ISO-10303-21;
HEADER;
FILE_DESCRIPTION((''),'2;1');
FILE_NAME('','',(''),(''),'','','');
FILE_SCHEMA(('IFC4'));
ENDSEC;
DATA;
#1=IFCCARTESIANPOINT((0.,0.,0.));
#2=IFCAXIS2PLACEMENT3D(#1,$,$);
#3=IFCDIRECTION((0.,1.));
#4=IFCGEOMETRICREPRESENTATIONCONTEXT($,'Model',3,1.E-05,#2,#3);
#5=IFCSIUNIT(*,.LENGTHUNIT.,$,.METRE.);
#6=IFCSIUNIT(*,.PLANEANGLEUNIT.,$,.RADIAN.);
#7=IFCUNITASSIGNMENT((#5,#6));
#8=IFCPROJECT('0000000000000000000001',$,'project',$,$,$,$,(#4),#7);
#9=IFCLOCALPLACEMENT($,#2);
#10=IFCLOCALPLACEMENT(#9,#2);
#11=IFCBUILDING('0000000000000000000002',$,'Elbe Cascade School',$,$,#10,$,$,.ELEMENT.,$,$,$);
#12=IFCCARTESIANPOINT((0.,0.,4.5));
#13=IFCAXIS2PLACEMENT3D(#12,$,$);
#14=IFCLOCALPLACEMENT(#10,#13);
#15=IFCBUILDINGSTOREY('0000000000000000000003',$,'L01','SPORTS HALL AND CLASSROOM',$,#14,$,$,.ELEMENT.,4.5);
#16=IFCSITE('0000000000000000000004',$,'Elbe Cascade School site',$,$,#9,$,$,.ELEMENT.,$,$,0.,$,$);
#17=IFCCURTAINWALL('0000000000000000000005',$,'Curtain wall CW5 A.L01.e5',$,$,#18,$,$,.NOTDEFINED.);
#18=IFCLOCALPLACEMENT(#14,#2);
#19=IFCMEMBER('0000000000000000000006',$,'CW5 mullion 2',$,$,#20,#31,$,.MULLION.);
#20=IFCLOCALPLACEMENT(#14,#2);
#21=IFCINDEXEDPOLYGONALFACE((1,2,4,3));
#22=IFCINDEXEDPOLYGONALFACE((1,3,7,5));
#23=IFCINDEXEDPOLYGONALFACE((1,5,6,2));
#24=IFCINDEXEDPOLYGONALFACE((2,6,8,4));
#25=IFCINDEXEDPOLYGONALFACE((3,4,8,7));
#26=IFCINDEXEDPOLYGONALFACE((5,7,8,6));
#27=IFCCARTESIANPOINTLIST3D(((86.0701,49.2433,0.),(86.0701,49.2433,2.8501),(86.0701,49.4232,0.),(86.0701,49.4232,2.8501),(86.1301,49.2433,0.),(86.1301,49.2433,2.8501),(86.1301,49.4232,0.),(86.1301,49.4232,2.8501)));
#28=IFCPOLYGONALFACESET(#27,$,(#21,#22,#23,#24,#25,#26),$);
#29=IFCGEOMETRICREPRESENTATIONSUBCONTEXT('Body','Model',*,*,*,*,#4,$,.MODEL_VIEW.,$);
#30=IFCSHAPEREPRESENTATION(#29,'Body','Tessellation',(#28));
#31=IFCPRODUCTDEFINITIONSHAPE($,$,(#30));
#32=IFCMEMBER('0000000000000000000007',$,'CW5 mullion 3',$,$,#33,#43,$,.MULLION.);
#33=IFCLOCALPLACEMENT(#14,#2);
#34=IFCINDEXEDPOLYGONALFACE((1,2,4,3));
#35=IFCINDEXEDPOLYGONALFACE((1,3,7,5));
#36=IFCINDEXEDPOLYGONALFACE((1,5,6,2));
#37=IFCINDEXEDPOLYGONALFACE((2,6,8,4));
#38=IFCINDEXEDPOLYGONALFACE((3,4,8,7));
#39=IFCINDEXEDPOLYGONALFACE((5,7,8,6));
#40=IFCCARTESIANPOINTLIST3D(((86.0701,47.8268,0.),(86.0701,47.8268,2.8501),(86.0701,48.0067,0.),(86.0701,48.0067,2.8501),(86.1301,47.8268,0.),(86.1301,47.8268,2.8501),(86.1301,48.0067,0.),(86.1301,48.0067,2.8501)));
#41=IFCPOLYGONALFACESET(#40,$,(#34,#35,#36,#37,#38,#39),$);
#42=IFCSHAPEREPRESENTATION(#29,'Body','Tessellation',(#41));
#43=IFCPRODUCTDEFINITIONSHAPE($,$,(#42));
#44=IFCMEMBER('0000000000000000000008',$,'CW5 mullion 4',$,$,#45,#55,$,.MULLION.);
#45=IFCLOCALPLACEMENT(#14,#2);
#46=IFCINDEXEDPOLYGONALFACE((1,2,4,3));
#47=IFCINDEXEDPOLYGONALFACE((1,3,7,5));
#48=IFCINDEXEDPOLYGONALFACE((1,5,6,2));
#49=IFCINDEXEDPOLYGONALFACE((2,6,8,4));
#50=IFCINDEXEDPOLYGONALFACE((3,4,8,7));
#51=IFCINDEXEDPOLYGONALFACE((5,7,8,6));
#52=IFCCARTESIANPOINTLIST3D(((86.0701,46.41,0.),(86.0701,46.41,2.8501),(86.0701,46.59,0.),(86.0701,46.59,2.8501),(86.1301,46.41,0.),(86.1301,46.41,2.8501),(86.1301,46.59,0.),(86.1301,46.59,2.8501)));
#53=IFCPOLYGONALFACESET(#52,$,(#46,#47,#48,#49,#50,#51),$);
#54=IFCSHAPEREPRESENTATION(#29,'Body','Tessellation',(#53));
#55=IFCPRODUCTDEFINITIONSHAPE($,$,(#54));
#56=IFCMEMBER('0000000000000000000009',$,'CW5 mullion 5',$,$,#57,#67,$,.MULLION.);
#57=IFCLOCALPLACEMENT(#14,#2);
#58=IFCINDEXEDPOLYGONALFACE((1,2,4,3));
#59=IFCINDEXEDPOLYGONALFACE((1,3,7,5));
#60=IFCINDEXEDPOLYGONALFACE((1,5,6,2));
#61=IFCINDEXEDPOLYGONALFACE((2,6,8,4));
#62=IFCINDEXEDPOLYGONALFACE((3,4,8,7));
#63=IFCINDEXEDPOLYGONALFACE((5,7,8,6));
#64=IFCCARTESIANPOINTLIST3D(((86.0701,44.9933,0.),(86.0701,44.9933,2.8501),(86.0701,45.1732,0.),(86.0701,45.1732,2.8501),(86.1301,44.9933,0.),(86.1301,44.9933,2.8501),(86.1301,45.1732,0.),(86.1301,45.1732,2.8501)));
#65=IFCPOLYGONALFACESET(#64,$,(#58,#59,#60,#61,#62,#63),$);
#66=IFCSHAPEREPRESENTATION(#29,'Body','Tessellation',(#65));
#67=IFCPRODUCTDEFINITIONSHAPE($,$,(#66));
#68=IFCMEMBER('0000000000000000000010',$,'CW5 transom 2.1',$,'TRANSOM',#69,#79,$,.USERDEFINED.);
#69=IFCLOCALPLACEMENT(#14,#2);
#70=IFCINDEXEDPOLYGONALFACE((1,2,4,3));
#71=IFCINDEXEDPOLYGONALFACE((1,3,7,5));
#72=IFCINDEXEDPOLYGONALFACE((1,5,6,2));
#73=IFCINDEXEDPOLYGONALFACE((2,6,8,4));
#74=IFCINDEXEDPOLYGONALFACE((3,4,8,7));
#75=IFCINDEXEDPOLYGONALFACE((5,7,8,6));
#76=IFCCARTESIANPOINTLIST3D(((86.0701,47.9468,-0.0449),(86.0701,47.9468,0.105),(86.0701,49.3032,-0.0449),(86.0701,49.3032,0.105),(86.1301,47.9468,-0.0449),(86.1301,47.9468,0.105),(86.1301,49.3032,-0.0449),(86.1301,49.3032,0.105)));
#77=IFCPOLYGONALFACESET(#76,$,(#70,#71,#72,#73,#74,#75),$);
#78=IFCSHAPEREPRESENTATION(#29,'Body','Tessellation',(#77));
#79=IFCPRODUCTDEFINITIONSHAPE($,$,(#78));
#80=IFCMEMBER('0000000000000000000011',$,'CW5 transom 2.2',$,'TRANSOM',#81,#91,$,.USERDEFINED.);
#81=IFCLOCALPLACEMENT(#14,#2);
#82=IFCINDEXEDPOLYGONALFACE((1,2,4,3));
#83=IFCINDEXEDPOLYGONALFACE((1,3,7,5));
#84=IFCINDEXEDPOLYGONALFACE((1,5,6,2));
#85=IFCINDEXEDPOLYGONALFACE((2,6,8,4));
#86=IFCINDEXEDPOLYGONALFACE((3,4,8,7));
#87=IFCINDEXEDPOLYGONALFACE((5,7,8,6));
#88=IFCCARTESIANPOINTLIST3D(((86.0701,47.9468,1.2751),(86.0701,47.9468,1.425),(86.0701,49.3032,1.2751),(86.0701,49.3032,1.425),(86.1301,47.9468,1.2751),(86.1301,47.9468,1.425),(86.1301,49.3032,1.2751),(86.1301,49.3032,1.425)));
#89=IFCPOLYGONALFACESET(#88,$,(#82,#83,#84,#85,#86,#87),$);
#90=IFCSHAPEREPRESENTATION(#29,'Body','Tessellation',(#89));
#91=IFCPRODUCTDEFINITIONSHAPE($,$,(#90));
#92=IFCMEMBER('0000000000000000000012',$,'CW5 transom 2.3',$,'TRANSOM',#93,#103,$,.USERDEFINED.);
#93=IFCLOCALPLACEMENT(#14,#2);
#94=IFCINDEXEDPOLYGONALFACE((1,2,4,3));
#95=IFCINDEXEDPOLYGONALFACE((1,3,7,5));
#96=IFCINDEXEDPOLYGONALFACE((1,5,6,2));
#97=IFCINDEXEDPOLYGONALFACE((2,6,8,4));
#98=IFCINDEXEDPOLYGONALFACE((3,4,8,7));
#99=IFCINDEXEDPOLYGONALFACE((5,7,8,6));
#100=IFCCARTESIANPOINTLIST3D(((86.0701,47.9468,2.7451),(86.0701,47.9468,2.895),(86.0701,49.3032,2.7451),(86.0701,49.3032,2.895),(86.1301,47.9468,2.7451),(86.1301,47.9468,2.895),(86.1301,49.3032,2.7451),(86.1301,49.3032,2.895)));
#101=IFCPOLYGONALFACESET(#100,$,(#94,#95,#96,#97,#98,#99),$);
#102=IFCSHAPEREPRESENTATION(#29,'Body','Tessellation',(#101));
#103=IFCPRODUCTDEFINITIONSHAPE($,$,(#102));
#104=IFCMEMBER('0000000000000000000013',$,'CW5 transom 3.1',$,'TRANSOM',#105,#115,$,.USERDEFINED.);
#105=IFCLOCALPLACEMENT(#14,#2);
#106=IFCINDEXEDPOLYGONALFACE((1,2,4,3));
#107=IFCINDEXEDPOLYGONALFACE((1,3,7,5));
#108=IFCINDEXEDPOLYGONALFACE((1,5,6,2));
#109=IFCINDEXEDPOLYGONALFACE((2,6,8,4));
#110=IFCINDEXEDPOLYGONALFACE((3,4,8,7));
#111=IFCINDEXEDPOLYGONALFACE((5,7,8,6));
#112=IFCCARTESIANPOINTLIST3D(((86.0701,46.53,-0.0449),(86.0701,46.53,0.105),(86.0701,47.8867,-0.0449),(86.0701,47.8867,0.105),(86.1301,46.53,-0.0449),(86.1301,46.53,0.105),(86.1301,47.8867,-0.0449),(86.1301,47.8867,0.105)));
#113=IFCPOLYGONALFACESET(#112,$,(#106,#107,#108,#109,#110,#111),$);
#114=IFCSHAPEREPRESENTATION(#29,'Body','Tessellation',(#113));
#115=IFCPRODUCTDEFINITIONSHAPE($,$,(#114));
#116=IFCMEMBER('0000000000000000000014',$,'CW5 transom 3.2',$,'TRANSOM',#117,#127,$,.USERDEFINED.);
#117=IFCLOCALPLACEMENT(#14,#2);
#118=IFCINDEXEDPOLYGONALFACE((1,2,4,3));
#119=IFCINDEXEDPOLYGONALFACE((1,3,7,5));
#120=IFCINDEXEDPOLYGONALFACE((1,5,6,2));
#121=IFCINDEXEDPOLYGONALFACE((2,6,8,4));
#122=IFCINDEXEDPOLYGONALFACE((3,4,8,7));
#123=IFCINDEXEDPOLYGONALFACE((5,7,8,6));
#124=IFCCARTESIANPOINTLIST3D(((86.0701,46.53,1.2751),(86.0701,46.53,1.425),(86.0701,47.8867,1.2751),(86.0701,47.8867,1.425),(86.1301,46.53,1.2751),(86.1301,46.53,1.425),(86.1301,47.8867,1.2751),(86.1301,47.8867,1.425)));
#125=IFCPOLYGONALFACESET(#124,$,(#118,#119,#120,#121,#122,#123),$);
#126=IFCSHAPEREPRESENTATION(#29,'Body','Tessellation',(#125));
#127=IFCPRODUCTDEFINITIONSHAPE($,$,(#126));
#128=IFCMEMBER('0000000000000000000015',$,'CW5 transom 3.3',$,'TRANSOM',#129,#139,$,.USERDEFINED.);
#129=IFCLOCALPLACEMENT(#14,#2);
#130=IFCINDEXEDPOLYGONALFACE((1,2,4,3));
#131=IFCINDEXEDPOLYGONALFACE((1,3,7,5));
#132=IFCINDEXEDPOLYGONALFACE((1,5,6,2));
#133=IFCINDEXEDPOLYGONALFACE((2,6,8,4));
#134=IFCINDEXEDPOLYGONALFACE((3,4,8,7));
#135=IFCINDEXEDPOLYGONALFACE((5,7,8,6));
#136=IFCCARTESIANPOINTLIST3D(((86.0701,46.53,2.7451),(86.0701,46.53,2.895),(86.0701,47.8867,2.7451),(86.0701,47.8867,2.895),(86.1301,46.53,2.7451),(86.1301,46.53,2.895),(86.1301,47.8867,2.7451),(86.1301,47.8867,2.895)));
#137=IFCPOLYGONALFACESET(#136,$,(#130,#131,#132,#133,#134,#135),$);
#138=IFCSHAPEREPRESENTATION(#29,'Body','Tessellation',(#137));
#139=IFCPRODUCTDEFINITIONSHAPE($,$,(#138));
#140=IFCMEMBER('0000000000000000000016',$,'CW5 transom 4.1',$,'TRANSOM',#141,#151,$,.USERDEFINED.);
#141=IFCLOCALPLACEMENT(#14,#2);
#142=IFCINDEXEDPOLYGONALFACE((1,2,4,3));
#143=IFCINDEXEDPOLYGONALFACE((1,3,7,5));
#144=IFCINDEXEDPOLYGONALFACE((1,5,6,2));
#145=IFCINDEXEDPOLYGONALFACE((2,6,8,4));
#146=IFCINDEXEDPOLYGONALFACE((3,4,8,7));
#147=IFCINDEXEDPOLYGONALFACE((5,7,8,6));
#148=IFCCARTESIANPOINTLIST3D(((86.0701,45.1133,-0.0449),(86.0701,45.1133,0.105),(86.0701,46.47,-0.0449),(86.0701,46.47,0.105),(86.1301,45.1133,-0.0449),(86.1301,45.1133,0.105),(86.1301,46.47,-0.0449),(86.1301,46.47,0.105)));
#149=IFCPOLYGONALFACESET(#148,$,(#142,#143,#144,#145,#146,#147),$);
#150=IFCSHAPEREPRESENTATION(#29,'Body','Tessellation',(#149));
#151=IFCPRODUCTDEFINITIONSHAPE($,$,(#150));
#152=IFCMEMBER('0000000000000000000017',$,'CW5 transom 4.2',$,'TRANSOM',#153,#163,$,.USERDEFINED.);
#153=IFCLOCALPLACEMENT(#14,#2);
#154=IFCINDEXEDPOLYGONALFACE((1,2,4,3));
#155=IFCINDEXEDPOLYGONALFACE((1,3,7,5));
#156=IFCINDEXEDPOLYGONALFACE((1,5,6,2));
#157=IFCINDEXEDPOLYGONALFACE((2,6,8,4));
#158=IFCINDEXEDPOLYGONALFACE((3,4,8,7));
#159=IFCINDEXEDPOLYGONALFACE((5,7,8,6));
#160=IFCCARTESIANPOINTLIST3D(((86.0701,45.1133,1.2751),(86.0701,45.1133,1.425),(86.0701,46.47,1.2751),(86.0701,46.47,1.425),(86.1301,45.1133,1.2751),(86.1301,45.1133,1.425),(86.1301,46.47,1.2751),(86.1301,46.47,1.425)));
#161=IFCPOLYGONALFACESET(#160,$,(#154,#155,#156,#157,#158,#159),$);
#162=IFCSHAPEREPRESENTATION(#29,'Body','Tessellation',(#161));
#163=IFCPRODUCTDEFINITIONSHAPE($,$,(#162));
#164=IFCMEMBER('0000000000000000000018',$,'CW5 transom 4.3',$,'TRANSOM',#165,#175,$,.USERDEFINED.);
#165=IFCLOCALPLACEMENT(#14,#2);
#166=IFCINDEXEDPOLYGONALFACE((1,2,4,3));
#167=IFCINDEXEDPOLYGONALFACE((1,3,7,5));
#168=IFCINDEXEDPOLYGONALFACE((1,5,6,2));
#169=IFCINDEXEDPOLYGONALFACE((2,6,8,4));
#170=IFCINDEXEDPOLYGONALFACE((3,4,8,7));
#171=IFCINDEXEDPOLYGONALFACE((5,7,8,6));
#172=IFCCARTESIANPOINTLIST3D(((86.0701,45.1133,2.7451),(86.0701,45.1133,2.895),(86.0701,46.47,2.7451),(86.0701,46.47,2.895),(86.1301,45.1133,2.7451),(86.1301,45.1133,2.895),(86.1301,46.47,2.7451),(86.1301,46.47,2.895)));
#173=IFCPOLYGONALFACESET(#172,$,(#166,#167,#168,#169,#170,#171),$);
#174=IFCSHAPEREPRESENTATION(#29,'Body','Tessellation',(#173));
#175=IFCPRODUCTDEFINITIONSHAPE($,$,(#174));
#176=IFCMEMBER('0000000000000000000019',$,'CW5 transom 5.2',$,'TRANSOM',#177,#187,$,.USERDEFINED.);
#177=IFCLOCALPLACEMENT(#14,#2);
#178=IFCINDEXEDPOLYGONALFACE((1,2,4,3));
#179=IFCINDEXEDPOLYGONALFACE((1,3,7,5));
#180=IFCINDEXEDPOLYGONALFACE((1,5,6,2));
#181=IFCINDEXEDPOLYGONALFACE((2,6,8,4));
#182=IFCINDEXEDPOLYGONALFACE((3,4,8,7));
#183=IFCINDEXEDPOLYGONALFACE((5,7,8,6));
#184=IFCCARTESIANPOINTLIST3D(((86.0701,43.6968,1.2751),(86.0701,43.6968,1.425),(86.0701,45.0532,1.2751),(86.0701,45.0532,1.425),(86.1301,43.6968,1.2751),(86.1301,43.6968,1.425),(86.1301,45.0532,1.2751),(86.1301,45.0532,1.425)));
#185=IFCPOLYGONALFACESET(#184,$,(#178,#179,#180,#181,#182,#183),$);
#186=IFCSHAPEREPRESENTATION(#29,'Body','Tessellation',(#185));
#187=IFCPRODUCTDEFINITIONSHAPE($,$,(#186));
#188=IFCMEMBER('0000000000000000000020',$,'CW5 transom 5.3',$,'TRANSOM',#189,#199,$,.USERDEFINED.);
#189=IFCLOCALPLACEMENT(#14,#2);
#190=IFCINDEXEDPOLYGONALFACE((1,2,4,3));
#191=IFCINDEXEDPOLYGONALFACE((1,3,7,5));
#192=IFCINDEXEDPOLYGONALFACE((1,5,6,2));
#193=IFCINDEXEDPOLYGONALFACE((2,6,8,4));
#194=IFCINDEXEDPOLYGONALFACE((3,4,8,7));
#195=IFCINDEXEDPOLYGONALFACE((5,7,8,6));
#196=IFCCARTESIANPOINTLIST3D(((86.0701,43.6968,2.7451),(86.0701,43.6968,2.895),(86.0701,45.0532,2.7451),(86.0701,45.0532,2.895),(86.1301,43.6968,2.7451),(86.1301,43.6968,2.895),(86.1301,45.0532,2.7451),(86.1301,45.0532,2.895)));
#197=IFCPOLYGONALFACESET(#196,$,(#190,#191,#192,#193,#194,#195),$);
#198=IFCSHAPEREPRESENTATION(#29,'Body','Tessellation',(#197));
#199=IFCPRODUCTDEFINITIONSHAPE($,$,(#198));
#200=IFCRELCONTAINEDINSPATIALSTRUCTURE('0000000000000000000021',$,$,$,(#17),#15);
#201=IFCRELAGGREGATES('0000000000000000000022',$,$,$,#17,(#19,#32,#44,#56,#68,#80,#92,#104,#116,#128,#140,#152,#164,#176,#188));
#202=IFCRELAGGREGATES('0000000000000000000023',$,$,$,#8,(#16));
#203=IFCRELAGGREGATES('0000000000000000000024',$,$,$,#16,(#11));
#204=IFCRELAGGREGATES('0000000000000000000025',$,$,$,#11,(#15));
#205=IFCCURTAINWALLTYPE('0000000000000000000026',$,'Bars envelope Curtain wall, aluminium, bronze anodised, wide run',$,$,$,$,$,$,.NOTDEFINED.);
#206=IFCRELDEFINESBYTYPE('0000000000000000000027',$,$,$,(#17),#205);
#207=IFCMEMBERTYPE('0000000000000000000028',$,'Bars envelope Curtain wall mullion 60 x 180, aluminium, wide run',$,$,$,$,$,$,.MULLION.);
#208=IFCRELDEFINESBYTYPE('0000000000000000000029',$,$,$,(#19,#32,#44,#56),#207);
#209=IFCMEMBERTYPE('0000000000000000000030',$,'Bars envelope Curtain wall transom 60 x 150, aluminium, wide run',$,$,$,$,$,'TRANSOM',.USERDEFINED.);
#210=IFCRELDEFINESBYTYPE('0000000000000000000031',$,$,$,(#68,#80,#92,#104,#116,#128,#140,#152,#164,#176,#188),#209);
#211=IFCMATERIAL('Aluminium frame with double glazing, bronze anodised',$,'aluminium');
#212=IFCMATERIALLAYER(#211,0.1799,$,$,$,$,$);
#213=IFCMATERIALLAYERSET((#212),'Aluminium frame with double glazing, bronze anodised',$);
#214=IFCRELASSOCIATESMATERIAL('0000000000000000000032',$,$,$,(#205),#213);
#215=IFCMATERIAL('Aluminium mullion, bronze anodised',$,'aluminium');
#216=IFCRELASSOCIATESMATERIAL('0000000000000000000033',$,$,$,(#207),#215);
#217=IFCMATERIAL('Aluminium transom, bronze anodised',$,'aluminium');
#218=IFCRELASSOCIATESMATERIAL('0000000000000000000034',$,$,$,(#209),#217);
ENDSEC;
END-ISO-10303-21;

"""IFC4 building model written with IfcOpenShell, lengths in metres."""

from ifc_helpers import new_model, si_unit, direction, frame, origin, origin_2d, place, context, subcontext, project, spatial, rectangle, extrude, material, layer, layer_set, material_profile, profile_set, type_object, element, aggregate, save


model = new_model("IFC4")

# Units and contexts
model_context = context("Model", 3, precision=1e-05, world=origin(), true_north=direction((0.0, 1.0)))
body_context = subcontext(model_context, "Body", "Model", "MODEL_VIEW")
ifc_project = project(units=[si_unit("LENGTHUNIT", "METRE"), si_unit("PLANEANGLEUNIT", "RADIAN")], contexts=[model_context])

# Site, building, storey
site_placement = place(None, origin())
site = spatial("IfcSite", under=ifc_project, at=site_placement, Name="Elbe Cascade School site", CompositionType="ELEMENT", RefElevation=0.0)
building_placement = place(site_placement, origin())
building = spatial("IfcBuilding", under=site, at=building_placement, Name="Elbe Cascade School", CompositionType="ELEMENT")
storey_placement = place(building_placement, frame((0.0, 0.0, 4.5)))
storey = spatial("IfcBuildingStorey", under=building, at=storey_placement, Name="L01", Description="SPORTS HALL AND CLASSROOM", CompositionType="ELEMENT", Elevation=4.5)

# Curtain wall, members
ifc_material_1 = material(Name="Aluminium frame with double glazing, bronze anodised", Category="aluminium")
ifc_layer_1 = layer(ifc_material_1, 0.1799)
ifc_layer_set_1 = layer_set([ifc_layer_1], Name="Aluminium frame with double glazing, bronze anodised")
curtain_wall_type = type_object("IfcCurtainWallType", Name="Bars envelope Curtain wall, aluminium, bronze anodised, wide run", PredefinedType="NOTDEFINED", material=ifc_layer_set_1)
curtain_wall_placement = place(storey_placement, origin())
curtain_wall = element("IfcCurtainWall", 1, at=curtain_wall_placement, inside=storey, type_object=curtain_wall_type, Name="Curtain wall CW5 A.L01.e5", PredefinedType="NOTDEFINED")
ifc_material_2 = material(Name="Aluminium mullion, bronze anodised", Category="aluminium")
ifc_material_profile_1 = material_profile(ifc_material_2, rectangle(XDim=0.0601, YDim=0.1799, at=origin_2d()), Name="Bars envelope Curtain wall mullion 60 x 180, aluminium, wide run")
ifc_profile_set_1 = profile_set([ifc_material_profile_1], Name="Aluminium mullion, bronze anodised")
member_type_1 = type_object("IfcMemberType", Name="Bars envelope Curtain wall mullion 60 x 180, aluminium, wide run", PredefinedType="MULLION", material=ifc_profile_set_1)
member_1_placement = place(storey_placement, frame((86.1001, 49.3333, 0.0), z_axis=(0.0, 0.0, 1.0), x_axis=(1.0, 0.0, 0.0)))
member_1 = element("IfcMember", 2, at=member_1_placement, type_object=member_type_1, Name="CW5 mullion 2", PredefinedType="MULLION", context=body_context, shape_type="SweptSolid", body=[
    extrude(rectangle(XDim=0.0601, YDim=0.1799, at=origin_2d()), origin(), (0.0, 0.0, 1.0), 2.8501),
])
member_2_placement = place(storey_placement, frame((86.1001, 47.9167, 0.0), z_axis=(0.0, 0.0, 1.0), x_axis=(1.0, 0.0, 0.0)))
member_2 = element("IfcMember", 3, at=member_2_placement, type_object=member_type_1, Name="CW5 mullion 3", PredefinedType="MULLION", context=body_context, shape_type="SweptSolid", body=[
    extrude(rectangle(XDim=0.0601, YDim=0.1799, at=origin_2d()), origin(), (0.0, 0.0, 1.0), 2.8501),
])
member_3_placement = place(storey_placement, frame((86.1001, 46.5, 0.0), z_axis=(0.0, 0.0, 1.0), x_axis=(1.0, 0.0, 0.0)))
member_3 = element("IfcMember", 4, at=member_3_placement, type_object=member_type_1, Name="CW5 mullion 4", PredefinedType="MULLION", context=body_context, shape_type="SweptSolid", body=[
    extrude(rectangle(XDim=0.0601, YDim=0.1799, at=origin_2d()), origin(), (0.0, 0.0, 1.0), 2.8501),
])
member_4_placement = place(storey_placement, frame((86.1001, 45.0833, 0.0), z_axis=(0.0, 0.0, 1.0), x_axis=(1.0, 0.0, 0.0)))
member_4 = element("IfcMember", 5, at=member_4_placement, type_object=member_type_1, Name="CW5 mullion 5", PredefinedType="MULLION", context=body_context, shape_type="SweptSolid", body=[
    extrude(rectangle(XDim=0.0601, YDim=0.1799, at=origin_2d()), origin(), (0.0, 0.0, 1.0), 2.8501),
])
ifc_material_3 = material(Name="Aluminium transom, bronze anodised", Category="aluminium")
ifc_material_profile_2 = material_profile(ifc_material_3, rectangle(XDim=0.0601, YDim=0.1499, at=origin_2d()), Name="Bars envelope Curtain wall transom 60 x 150, aluminium, wide run")
ifc_profile_set_2 = profile_set([ifc_material_profile_2], Name="Aluminium transom, bronze anodised")
member_type_2 = type_object("IfcMemberType", Name="Bars envelope Curtain wall transom 60 x 150, aluminium, wide run", ElementType="TRANSOM", PredefinedType="USERDEFINED", material=ifc_profile_set_2)
member_5_placement = place(storey_placement, frame((86.1001, 49.3032, 0.03), z_axis=(0.0, -1.0, 0.0), x_axis=(1.0, 0.0, 0.0)))
member_5 = element("IfcMember", 6, at=member_5_placement, type_object=member_type_2, Name="CW5 transom 2.1", ObjectType="TRANSOM", PredefinedType="USERDEFINED", context=body_context, shape_type="SweptSolid", body=[
    extrude(rectangle(XDim=0.0601, YDim=0.1499, at=origin_2d()), origin(), (0.0, 0.0, 1.0), 1.3564),
])
member_6_placement = place(storey_placement, frame((86.1001, 49.3032, 1.3501), z_axis=(0.0, -1.0, 0.0), x_axis=(1.0, 0.0, 0.0)))
member_6 = element("IfcMember", 7, at=member_6_placement, type_object=member_type_2, Name="CW5 transom 2.2", ObjectType="TRANSOM", PredefinedType="USERDEFINED", context=body_context, shape_type="SweptSolid", body=[
    extrude(rectangle(XDim=0.0601, YDim=0.1499, at=origin_2d()), origin(), (0.0, 0.0, 1.0), 1.3564),
])
member_7_placement = place(storey_placement, frame((86.1001, 49.3032, 2.8201), z_axis=(0.0, -1.0, 0.0), x_axis=(1.0, 0.0, 0.0)))
member_7 = element("IfcMember", 8, at=member_7_placement, type_object=member_type_2, Name="CW5 transom 2.3", ObjectType="TRANSOM", PredefinedType="USERDEFINED", context=body_context, shape_type="SweptSolid", body=[
    extrude(rectangle(XDim=0.0601, YDim=0.1499, at=origin_2d()), origin(), (0.0, 0.0, 1.0), 1.3564),
])
member_8_placement = place(storey_placement, frame((86.1001, 47.8867, 0.03), z_axis=(0.0, -1.0, 0.0), x_axis=(1.0, 0.0, 0.0)))
member_8 = element("IfcMember", 9, at=member_8_placement, type_object=member_type_2, Name="CW5 transom 3.1", ObjectType="TRANSOM", PredefinedType="USERDEFINED", context=body_context, shape_type="SweptSolid", body=[
    extrude(rectangle(XDim=0.0601, YDim=0.1499, at=origin_2d()), origin(), (0.0, 0.0, 1.0), 1.3567),
])
member_9_placement = place(storey_placement, frame((86.1001, 47.8867, 1.3501), z_axis=(0.0, -1.0, 0.0), x_axis=(1.0, 0.0, 0.0)))
member_9 = element("IfcMember", 10, at=member_9_placement, type_object=member_type_2, Name="CW5 transom 3.2", ObjectType="TRANSOM", PredefinedType="USERDEFINED", context=body_context, shape_type="SweptSolid", body=[
    extrude(rectangle(XDim=0.0601, YDim=0.1499, at=origin_2d()), origin(), (0.0, 0.0, 1.0), 1.3567),
])
member_10_placement = place(storey_placement, frame((86.1001, 47.8867, 2.8201), z_axis=(0.0, -1.0, 0.0), x_axis=(1.0, 0.0, 0.0)))
member_10 = element("IfcMember", 11, at=member_10_placement, type_object=member_type_2, Name="CW5 transom 3.3", ObjectType="TRANSOM", PredefinedType="USERDEFINED", context=body_context, shape_type="SweptSolid", body=[
    extrude(rectangle(XDim=0.0601, YDim=0.1499, at=origin_2d()), origin(), (0.0, 0.0, 1.0), 1.3567),
])
member_11_placement = place(storey_placement, frame((86.1001, 46.47, 0.03), z_axis=(0.0, -1.0, 0.0), x_axis=(1.0, 0.0, 0.0)))
member_11 = element("IfcMember", 12, at=member_11_placement, type_object=member_type_2, Name="CW5 transom 4.1", ObjectType="TRANSOM", PredefinedType="USERDEFINED", context=body_context, shape_type="SweptSolid", body=[
    extrude(rectangle(XDim=0.0601, YDim=0.1499, at=origin_2d()), origin(), (0.0, 0.0, 1.0), 1.3567),
])
member_12_placement = place(storey_placement, frame((86.1001, 46.47, 1.3501), z_axis=(0.0, -1.0, 0.0), x_axis=(1.0, 0.0, 0.0)))
member_12 = element("IfcMember", 13, at=member_12_placement, type_object=member_type_2, Name="CW5 transom 4.2", ObjectType="TRANSOM", PredefinedType="USERDEFINED", context=body_context, shape_type="SweptSolid", body=[
    extrude(rectangle(XDim=0.0601, YDim=0.1499, at=origin_2d()), origin(), (0.0, 0.0, 1.0), 1.3567),
])
member_13_placement = place(storey_placement, frame((86.1001, 46.47, 2.8201), z_axis=(0.0, -1.0, 0.0), x_axis=(1.0, 0.0, 0.0)))
member_13 = element("IfcMember", 14, at=member_13_placement, type_object=member_type_2, Name="CW5 transom 4.3", ObjectType="TRANSOM", PredefinedType="USERDEFINED", context=body_context, shape_type="SweptSolid", body=[
    extrude(rectangle(XDim=0.0601, YDim=0.1499, at=origin_2d()), origin(), (0.0, 0.0, 1.0), 1.3567),
])
member_14_placement = place(storey_placement, frame((86.1001, 45.0532, 1.3501), z_axis=(0.0, -1.0, 0.0), x_axis=(1.0, 0.0, 0.0)))
member_14 = element("IfcMember", 15, at=member_14_placement, type_object=member_type_2, Name="CW5 transom 5.2", ObjectType="TRANSOM", PredefinedType="USERDEFINED", context=body_context, shape_type="SweptSolid", body=[
    extrude(rectangle(XDim=0.0601, YDim=0.1499, at=origin_2d()), origin(), (0.0, 0.0, 1.0), 1.3564),
])
member_15_placement = place(storey_placement, frame((86.1001, 45.0532, 2.8201), z_axis=(0.0, -1.0, 0.0), x_axis=(1.0, 0.0, 0.0)))
member_15 = element("IfcMember", 16, at=member_15_placement, type_object=member_type_2, Name="CW5 transom 5.3", ObjectType="TRANSOM", PredefinedType="USERDEFINED", context=body_context, shape_type="SweptSolid", body=[
    extrude(rectangle(XDim=0.0601, YDim=0.1499, at=origin_2d()), origin(), (0.0, 0.0, 1.0), 1.3564),
])
aggregate(curtain_wall, [member_1, member_2, member_3, member_4, member_5, member_6, member_7, member_8, member_9, member_10, member_11, member_12, member_13, member_14, member_15])

save(model, "model.ifc")
